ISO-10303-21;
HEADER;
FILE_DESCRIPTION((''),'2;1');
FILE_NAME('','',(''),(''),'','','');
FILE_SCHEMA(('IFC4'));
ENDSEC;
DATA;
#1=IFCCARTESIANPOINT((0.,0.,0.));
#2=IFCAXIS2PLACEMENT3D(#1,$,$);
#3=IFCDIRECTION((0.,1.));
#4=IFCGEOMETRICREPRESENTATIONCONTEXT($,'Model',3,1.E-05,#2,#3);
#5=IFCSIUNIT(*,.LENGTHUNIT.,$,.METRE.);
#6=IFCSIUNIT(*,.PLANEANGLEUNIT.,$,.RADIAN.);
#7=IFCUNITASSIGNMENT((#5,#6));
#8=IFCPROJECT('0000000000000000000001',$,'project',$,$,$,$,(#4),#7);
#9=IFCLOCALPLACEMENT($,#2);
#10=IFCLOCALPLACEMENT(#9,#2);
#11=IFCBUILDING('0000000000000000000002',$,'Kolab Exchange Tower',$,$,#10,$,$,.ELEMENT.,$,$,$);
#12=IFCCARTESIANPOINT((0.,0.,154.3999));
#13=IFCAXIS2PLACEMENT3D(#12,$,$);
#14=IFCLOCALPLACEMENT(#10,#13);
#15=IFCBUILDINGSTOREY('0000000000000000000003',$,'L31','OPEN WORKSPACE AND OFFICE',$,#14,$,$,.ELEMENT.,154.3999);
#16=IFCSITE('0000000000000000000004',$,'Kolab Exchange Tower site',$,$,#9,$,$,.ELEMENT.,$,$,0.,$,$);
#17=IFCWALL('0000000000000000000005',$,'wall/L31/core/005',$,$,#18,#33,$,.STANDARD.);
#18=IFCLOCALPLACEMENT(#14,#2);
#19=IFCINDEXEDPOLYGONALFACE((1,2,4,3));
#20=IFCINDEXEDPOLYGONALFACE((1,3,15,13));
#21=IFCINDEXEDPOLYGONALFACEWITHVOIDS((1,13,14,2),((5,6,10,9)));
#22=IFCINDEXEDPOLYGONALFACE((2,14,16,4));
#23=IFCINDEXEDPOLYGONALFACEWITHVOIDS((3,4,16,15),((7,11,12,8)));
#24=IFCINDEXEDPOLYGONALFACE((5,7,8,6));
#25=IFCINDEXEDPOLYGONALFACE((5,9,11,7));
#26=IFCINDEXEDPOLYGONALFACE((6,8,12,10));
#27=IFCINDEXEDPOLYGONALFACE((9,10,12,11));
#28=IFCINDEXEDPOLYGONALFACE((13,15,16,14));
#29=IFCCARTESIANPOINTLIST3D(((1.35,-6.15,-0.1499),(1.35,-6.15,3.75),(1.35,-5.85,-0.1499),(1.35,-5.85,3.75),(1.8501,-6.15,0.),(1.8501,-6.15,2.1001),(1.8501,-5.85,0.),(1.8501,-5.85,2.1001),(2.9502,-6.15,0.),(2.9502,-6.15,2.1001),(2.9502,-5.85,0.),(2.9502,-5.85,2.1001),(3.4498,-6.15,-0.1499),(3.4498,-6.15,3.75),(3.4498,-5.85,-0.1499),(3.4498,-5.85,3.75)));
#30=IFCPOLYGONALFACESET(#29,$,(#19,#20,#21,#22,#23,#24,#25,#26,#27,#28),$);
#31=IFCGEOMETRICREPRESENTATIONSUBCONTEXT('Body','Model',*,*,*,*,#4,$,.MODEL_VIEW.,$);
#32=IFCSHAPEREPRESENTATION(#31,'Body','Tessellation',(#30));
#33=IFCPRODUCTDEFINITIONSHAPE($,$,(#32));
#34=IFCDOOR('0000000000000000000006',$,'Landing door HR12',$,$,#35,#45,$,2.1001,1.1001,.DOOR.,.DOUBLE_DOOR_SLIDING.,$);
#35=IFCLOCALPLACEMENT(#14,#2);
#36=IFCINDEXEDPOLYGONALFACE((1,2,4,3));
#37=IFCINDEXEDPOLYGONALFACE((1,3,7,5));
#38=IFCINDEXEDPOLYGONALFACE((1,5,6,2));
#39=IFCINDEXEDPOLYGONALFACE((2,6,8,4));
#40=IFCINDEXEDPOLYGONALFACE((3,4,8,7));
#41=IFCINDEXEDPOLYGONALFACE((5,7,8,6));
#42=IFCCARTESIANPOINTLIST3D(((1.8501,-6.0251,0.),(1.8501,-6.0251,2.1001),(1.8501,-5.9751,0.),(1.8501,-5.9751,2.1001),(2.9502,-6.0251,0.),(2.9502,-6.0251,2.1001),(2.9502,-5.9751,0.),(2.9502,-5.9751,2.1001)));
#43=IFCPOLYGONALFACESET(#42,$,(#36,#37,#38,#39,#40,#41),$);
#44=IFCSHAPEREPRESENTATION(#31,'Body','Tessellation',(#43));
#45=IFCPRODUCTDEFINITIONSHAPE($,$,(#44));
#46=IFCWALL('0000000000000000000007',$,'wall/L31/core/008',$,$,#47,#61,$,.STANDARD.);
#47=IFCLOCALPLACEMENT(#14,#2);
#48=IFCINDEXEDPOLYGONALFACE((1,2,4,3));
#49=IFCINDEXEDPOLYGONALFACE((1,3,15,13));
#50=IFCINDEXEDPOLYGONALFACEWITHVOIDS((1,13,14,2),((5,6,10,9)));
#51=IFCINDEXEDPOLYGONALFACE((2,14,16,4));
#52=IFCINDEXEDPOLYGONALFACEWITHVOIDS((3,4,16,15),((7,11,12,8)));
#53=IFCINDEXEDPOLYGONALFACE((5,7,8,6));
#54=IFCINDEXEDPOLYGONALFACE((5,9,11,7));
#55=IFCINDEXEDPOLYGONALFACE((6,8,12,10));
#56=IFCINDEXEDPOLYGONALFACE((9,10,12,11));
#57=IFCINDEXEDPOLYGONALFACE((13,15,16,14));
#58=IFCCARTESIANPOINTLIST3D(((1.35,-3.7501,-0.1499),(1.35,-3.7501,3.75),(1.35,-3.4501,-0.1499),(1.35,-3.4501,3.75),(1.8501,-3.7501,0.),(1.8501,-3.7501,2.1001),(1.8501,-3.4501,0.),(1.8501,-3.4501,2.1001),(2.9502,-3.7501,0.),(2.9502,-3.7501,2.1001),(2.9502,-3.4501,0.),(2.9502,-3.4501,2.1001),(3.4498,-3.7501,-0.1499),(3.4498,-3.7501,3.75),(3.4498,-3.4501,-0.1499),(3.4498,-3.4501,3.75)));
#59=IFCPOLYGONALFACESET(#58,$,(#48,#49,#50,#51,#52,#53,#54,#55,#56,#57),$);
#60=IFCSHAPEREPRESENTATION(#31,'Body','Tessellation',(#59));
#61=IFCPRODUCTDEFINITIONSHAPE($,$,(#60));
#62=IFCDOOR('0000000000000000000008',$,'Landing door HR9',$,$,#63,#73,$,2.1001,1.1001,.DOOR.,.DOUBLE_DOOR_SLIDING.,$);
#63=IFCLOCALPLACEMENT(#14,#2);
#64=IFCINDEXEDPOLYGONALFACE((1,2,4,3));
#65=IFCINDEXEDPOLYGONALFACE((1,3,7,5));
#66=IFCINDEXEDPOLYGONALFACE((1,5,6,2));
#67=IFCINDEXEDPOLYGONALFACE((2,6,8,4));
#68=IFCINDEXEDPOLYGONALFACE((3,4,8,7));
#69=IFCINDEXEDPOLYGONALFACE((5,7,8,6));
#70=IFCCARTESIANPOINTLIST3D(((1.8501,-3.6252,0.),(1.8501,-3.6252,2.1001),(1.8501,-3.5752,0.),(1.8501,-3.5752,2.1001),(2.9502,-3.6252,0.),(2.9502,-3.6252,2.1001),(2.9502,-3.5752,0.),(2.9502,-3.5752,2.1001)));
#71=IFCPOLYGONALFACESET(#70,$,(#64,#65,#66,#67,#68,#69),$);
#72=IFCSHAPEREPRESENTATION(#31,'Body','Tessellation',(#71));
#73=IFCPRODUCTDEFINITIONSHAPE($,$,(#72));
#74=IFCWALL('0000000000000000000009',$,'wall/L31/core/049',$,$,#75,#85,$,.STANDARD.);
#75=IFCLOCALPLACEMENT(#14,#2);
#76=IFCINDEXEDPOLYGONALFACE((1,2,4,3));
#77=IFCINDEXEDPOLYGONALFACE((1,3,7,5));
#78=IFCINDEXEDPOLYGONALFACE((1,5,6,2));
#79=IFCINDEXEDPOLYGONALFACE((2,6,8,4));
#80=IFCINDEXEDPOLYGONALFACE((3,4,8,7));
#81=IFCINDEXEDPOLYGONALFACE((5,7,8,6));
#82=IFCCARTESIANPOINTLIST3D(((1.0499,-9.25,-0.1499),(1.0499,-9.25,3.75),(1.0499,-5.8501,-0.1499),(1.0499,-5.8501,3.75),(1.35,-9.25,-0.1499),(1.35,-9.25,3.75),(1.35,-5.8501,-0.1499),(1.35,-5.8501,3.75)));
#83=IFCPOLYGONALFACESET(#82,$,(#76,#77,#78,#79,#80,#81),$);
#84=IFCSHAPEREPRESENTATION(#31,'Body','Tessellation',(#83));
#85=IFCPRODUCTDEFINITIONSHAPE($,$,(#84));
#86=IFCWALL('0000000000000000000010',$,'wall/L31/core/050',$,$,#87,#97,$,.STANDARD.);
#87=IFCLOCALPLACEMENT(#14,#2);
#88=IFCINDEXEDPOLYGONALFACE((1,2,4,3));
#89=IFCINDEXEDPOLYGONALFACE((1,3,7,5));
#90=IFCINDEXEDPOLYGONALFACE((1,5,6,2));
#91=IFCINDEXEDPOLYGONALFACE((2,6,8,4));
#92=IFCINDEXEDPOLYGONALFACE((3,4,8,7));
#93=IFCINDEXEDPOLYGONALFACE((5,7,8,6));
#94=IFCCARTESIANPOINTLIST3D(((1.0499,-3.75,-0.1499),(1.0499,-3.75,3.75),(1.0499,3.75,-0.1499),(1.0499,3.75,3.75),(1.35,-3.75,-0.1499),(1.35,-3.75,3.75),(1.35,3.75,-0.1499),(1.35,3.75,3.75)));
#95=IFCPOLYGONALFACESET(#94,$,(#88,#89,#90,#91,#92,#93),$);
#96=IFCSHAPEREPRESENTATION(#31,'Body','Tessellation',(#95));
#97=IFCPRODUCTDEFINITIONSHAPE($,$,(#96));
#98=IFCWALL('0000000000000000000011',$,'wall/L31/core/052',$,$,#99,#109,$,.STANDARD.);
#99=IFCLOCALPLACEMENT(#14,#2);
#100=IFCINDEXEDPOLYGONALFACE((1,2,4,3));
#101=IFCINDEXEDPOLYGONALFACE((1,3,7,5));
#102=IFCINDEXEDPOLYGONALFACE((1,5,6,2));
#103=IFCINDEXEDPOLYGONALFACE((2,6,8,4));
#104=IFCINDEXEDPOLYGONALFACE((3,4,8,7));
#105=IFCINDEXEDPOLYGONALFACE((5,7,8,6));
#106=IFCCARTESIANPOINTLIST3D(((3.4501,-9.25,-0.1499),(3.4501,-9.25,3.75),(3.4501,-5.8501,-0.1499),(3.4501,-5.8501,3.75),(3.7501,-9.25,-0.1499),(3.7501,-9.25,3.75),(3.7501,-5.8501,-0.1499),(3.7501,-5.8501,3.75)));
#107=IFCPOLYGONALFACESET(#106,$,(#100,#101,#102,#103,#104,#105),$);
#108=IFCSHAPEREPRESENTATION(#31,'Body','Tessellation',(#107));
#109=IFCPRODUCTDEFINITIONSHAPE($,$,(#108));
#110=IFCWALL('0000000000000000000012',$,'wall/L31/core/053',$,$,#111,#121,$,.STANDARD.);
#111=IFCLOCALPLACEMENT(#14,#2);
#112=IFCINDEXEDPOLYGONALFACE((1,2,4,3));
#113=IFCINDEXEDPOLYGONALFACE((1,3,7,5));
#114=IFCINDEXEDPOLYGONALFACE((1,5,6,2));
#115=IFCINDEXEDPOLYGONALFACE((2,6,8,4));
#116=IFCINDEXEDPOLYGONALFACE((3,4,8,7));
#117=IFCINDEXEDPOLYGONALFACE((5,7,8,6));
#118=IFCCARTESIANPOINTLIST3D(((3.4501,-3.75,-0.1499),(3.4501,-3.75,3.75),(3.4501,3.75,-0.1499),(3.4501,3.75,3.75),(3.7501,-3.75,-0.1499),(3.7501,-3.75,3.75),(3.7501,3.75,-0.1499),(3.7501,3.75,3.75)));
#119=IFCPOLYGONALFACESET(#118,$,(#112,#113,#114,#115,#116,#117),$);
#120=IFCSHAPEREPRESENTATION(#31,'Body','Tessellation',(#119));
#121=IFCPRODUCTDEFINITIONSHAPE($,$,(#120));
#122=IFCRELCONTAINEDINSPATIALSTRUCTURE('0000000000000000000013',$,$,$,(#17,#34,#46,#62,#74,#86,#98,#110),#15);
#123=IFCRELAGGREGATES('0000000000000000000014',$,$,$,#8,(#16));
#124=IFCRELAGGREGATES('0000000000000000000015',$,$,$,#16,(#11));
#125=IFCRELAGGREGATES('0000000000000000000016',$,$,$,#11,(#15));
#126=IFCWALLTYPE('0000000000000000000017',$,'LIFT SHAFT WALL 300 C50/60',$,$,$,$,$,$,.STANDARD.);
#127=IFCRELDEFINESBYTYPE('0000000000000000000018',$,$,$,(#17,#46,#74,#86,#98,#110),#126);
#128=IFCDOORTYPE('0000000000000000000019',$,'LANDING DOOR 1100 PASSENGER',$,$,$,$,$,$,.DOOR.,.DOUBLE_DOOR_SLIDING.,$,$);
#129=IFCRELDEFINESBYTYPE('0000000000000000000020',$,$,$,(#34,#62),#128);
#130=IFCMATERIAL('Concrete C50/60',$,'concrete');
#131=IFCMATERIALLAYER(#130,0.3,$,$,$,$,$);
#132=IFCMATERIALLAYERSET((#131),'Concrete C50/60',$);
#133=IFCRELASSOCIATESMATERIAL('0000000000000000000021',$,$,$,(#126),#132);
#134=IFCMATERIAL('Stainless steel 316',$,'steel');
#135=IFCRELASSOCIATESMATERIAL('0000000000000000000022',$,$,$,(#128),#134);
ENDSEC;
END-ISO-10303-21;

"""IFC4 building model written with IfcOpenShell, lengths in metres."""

from ifc_helpers import new_model, si_unit, direction, frame, frame_2d, origin, place, context, subcontext, project, spatial, rectangle, extrude, material, layer, layer_set, type_object, element, fill, save


model = new_model("IFC4")

# Units and contexts
model_context = context("Model", 3, precision=1e-05, world=origin(), true_north=direction((0.0, 1.0)))
body_context = subcontext(model_context, "Body", "Model", "MODEL_VIEW")
ifc_project = project(units=[si_unit("LENGTHUNIT", "METRE"), si_unit("PLANEANGLEUNIT", "RADIAN")], contexts=[model_context])

# Site, building, storey
site_placement = place(None, origin())
site = spatial("IfcSite", under=ifc_project, at=site_placement, Name="Kolab Exchange Tower site", CompositionType="ELEMENT", RefElevation=0.0)
building_placement = place(site_placement, origin())
building = spatial("IfcBuilding", under=site, at=building_placement, Name="Kolab Exchange Tower", CompositionType="ELEMENT")
storey_placement = place(building_placement, frame((0.0, 0.0, 154.3999)))
storey = spatial("IfcBuildingStorey", under=building, at=storey_placement, Name="L31", Description="OPEN WORKSPACE AND OFFICE", CompositionType="ELEMENT", Elevation=154.3999)

# Walls, openings, doors
ifc_material_1 = material(Name="Concrete C50/60", Category="concrete")
ifc_layer_1 = layer(ifc_material_1, 0.3)
ifc_layer_set_1 = layer_set([ifc_layer_1], Name="Concrete C50/60")
wall_type_1 = type_object("IfcWallType", Name="LIFT SHAFT WALL 300 C50/60", PredefinedType="STANDARD", material=ifc_layer_set_1)
wall_1_placement = place(storey_placement, frame((1.3501, -6.0, -0.1499), z_axis=(0.0, 0.0, 1.0), x_axis=(1.0, 0.0, 0.0)))
wall_1 = element("IfcWall", 1, at=wall_1_placement, inside=storey, type_object=wall_type_1, Name="wall/L31/core/005", PredefinedType="STANDARD", context=body_context, shape_type="SweptSolid", body=[
    extrude(rectangle(XDim=2.0999, YDim=0.3, at=frame_2d((1.0498, 0.0))), origin(), (0.0, 0.0, 1.0), 3.8999),
])
opening_1_placement = place(wall_1_placement, frame((0.5, 0.0, 0.1499)))
opening_1 = element("IfcOpeningElement", 2, at=opening_1_placement, cuts=wall_1, PredefinedType="OPENING", context=body_context, shape_type="SweptSolid", body=[
    extrude(rectangle(XDim=1.1001, YDim=2.1001, at=frame_2d((0.55, 1.05))), frame((0.0, 0.1602, 0.0), z_axis=(0.0, -1.0, 0.0), x_axis=(1.0, 0.0, 0.0)), (0.0, 0.0, 1.0), 0.3201),
])
ifc_material_2 = material(Name="Stainless steel 316", Category="steel")
door_type_1 = type_object("IfcDoorType", Name="LANDING DOOR 1100 PASSENGER", OperationType="DOUBLE_DOOR_SLIDING", PredefinedType="DOOR", material=ifc_material_2)
door_1_placement = place(opening_1_placement, origin())
door_1 = element("IfcDoor", 3, at=door_1_placement, inside=storey, type_object=door_type_1, Name="Landing door HR12", OperationType="DOUBLE_DOOR_SLIDING", OverallHeight=2.1001, OverallWidth=1.1001, PredefinedType="DOOR", context=body_context, shape_type="SweptSolid", body=[
    extrude(rectangle(XDim=1.1001, YDim=2.1001, at=frame_2d((0.55, 1.05))), frame((0.0, 0.0249, 0.0), z_axis=(0.0, -1.0, 0.0), x_axis=(1.0, 0.0, 0.0)), (0.0, 0.0, 1.0), 0.05),
])
fill(opening_1, door_1)
wall_2_placement = place(storey_placement, frame((1.3501, -3.6001, -0.1499), z_axis=(0.0, 0.0, 1.0), x_axis=(1.0, 0.0, 0.0)))
wall_2 = element("IfcWall", 4, at=wall_2_placement, inside=storey, type_object=wall_type_1, Name="wall/L31/core/008", PredefinedType="STANDARD", context=body_context, shape_type="SweptSolid", body=[
    extrude(rectangle(XDim=2.0999, YDim=0.3, at=frame_2d((1.0498, 0.0))), origin(), (0.0, 0.0, 1.0), 3.8999),
])
opening_2_placement = place(wall_2_placement, frame((0.5, 0.0, 0.1499)))
opening_2 = element("IfcOpeningElement", 5, at=opening_2_placement, cuts=wall_2, PredefinedType="OPENING", context=body_context, shape_type="SweptSolid", body=[
    extrude(rectangle(XDim=1.1001, YDim=2.1001, at=frame_2d((0.55, 1.05))), frame((0.0, 0.1602, 0.0), z_axis=(0.0, -1.0, 0.0), x_axis=(1.0, 0.0, 0.0)), (0.0, 0.0, 1.0), 0.3201),
])
door_2_placement = place(opening_2_placement, origin())
door_2 = element("IfcDoor", 6, at=door_2_placement, inside=storey, type_object=door_type_1, Name="Landing door HR9", OperationType="DOUBLE_DOOR_SLIDING", OverallHeight=2.1001, OverallWidth=1.1001, PredefinedType="DOOR", context=body_context, shape_type="SweptSolid", body=[
    extrude(rectangle(XDim=1.1001, YDim=2.1001, at=frame_2d((0.55, 1.05))), frame((0.0, 0.0249, 0.0), z_axis=(0.0, -1.0, 0.0), x_axis=(1.0, 0.0, 0.0)), (0.0, 0.0, 1.0), 0.05),
])
fill(opening_2, door_2)

# Walls
wall_3_placement = place(storey_placement, frame((1.2, -9.25, -0.1499), z_axis=(0.0, 0.0, 1.0), x_axis=(0.0, 1.0, 0.0)))
element("IfcWall", 7, at=wall_3_placement, inside=storey, type_object=wall_type_1, Name="wall/L31/core/049", PredefinedType="STANDARD", context=body_context, shape_type="SweptSolid", body=[
    extrude(rectangle(XDim=3.3999, YDim=0.3, at=frame_2d((1.7, 0.0))), origin(), (0.0, 0.0, 1.0), 3.8999),
])
wall_4_placement = place(storey_placement, frame((1.2, -3.75, -0.1499), z_axis=(0.0, 0.0, 1.0), x_axis=(0.0, 1.0, 0.0)))
element("IfcWall", 8, at=wall_4_placement, inside=storey, type_object=wall_type_1, Name="wall/L31/core/050", PredefinedType="STANDARD", context=body_context, shape_type="SweptSolid", body=[
    extrude(rectangle(XDim=7.5, YDim=0.3, at=frame_2d((3.75, 0.0))), origin(), (0.0, 0.0, 1.0), 3.8999),
])
wall_5_placement = place(storey_placement, frame((3.6001, -9.25, -0.1499), z_axis=(0.0, 0.0, 1.0), x_axis=(0.0, 1.0, 0.0)))
element("IfcWall", 9, at=wall_5_placement, inside=storey, type_object=wall_type_1, Name="wall/L31/core/052", PredefinedType="STANDARD", context=body_context, shape_type="SweptSolid", body=[
    extrude(rectangle(XDim=3.3999, YDim=0.3, at=frame_2d((1.7, 0.0))), origin(), (0.0, 0.0, 1.0), 3.8999),
])
wall_6_placement = place(storey_placement, frame((3.6001, -3.75, -0.1499), z_axis=(0.0, 0.0, 1.0), x_axis=(0.0, 1.0, 0.0)))
element("IfcWall", 10, at=wall_6_placement, inside=storey, type_object=wall_type_1, Name="wall/L31/core/053", PredefinedType="STANDARD", context=body_context, shape_type="SweptSolid", body=[
    extrude(rectangle(XDim=7.5, YDim=0.3, at=frame_2d((3.75, 0.0))), origin(), (0.0, 0.0, 1.0), 3.8999),
])

save(model, "model.ifc")
